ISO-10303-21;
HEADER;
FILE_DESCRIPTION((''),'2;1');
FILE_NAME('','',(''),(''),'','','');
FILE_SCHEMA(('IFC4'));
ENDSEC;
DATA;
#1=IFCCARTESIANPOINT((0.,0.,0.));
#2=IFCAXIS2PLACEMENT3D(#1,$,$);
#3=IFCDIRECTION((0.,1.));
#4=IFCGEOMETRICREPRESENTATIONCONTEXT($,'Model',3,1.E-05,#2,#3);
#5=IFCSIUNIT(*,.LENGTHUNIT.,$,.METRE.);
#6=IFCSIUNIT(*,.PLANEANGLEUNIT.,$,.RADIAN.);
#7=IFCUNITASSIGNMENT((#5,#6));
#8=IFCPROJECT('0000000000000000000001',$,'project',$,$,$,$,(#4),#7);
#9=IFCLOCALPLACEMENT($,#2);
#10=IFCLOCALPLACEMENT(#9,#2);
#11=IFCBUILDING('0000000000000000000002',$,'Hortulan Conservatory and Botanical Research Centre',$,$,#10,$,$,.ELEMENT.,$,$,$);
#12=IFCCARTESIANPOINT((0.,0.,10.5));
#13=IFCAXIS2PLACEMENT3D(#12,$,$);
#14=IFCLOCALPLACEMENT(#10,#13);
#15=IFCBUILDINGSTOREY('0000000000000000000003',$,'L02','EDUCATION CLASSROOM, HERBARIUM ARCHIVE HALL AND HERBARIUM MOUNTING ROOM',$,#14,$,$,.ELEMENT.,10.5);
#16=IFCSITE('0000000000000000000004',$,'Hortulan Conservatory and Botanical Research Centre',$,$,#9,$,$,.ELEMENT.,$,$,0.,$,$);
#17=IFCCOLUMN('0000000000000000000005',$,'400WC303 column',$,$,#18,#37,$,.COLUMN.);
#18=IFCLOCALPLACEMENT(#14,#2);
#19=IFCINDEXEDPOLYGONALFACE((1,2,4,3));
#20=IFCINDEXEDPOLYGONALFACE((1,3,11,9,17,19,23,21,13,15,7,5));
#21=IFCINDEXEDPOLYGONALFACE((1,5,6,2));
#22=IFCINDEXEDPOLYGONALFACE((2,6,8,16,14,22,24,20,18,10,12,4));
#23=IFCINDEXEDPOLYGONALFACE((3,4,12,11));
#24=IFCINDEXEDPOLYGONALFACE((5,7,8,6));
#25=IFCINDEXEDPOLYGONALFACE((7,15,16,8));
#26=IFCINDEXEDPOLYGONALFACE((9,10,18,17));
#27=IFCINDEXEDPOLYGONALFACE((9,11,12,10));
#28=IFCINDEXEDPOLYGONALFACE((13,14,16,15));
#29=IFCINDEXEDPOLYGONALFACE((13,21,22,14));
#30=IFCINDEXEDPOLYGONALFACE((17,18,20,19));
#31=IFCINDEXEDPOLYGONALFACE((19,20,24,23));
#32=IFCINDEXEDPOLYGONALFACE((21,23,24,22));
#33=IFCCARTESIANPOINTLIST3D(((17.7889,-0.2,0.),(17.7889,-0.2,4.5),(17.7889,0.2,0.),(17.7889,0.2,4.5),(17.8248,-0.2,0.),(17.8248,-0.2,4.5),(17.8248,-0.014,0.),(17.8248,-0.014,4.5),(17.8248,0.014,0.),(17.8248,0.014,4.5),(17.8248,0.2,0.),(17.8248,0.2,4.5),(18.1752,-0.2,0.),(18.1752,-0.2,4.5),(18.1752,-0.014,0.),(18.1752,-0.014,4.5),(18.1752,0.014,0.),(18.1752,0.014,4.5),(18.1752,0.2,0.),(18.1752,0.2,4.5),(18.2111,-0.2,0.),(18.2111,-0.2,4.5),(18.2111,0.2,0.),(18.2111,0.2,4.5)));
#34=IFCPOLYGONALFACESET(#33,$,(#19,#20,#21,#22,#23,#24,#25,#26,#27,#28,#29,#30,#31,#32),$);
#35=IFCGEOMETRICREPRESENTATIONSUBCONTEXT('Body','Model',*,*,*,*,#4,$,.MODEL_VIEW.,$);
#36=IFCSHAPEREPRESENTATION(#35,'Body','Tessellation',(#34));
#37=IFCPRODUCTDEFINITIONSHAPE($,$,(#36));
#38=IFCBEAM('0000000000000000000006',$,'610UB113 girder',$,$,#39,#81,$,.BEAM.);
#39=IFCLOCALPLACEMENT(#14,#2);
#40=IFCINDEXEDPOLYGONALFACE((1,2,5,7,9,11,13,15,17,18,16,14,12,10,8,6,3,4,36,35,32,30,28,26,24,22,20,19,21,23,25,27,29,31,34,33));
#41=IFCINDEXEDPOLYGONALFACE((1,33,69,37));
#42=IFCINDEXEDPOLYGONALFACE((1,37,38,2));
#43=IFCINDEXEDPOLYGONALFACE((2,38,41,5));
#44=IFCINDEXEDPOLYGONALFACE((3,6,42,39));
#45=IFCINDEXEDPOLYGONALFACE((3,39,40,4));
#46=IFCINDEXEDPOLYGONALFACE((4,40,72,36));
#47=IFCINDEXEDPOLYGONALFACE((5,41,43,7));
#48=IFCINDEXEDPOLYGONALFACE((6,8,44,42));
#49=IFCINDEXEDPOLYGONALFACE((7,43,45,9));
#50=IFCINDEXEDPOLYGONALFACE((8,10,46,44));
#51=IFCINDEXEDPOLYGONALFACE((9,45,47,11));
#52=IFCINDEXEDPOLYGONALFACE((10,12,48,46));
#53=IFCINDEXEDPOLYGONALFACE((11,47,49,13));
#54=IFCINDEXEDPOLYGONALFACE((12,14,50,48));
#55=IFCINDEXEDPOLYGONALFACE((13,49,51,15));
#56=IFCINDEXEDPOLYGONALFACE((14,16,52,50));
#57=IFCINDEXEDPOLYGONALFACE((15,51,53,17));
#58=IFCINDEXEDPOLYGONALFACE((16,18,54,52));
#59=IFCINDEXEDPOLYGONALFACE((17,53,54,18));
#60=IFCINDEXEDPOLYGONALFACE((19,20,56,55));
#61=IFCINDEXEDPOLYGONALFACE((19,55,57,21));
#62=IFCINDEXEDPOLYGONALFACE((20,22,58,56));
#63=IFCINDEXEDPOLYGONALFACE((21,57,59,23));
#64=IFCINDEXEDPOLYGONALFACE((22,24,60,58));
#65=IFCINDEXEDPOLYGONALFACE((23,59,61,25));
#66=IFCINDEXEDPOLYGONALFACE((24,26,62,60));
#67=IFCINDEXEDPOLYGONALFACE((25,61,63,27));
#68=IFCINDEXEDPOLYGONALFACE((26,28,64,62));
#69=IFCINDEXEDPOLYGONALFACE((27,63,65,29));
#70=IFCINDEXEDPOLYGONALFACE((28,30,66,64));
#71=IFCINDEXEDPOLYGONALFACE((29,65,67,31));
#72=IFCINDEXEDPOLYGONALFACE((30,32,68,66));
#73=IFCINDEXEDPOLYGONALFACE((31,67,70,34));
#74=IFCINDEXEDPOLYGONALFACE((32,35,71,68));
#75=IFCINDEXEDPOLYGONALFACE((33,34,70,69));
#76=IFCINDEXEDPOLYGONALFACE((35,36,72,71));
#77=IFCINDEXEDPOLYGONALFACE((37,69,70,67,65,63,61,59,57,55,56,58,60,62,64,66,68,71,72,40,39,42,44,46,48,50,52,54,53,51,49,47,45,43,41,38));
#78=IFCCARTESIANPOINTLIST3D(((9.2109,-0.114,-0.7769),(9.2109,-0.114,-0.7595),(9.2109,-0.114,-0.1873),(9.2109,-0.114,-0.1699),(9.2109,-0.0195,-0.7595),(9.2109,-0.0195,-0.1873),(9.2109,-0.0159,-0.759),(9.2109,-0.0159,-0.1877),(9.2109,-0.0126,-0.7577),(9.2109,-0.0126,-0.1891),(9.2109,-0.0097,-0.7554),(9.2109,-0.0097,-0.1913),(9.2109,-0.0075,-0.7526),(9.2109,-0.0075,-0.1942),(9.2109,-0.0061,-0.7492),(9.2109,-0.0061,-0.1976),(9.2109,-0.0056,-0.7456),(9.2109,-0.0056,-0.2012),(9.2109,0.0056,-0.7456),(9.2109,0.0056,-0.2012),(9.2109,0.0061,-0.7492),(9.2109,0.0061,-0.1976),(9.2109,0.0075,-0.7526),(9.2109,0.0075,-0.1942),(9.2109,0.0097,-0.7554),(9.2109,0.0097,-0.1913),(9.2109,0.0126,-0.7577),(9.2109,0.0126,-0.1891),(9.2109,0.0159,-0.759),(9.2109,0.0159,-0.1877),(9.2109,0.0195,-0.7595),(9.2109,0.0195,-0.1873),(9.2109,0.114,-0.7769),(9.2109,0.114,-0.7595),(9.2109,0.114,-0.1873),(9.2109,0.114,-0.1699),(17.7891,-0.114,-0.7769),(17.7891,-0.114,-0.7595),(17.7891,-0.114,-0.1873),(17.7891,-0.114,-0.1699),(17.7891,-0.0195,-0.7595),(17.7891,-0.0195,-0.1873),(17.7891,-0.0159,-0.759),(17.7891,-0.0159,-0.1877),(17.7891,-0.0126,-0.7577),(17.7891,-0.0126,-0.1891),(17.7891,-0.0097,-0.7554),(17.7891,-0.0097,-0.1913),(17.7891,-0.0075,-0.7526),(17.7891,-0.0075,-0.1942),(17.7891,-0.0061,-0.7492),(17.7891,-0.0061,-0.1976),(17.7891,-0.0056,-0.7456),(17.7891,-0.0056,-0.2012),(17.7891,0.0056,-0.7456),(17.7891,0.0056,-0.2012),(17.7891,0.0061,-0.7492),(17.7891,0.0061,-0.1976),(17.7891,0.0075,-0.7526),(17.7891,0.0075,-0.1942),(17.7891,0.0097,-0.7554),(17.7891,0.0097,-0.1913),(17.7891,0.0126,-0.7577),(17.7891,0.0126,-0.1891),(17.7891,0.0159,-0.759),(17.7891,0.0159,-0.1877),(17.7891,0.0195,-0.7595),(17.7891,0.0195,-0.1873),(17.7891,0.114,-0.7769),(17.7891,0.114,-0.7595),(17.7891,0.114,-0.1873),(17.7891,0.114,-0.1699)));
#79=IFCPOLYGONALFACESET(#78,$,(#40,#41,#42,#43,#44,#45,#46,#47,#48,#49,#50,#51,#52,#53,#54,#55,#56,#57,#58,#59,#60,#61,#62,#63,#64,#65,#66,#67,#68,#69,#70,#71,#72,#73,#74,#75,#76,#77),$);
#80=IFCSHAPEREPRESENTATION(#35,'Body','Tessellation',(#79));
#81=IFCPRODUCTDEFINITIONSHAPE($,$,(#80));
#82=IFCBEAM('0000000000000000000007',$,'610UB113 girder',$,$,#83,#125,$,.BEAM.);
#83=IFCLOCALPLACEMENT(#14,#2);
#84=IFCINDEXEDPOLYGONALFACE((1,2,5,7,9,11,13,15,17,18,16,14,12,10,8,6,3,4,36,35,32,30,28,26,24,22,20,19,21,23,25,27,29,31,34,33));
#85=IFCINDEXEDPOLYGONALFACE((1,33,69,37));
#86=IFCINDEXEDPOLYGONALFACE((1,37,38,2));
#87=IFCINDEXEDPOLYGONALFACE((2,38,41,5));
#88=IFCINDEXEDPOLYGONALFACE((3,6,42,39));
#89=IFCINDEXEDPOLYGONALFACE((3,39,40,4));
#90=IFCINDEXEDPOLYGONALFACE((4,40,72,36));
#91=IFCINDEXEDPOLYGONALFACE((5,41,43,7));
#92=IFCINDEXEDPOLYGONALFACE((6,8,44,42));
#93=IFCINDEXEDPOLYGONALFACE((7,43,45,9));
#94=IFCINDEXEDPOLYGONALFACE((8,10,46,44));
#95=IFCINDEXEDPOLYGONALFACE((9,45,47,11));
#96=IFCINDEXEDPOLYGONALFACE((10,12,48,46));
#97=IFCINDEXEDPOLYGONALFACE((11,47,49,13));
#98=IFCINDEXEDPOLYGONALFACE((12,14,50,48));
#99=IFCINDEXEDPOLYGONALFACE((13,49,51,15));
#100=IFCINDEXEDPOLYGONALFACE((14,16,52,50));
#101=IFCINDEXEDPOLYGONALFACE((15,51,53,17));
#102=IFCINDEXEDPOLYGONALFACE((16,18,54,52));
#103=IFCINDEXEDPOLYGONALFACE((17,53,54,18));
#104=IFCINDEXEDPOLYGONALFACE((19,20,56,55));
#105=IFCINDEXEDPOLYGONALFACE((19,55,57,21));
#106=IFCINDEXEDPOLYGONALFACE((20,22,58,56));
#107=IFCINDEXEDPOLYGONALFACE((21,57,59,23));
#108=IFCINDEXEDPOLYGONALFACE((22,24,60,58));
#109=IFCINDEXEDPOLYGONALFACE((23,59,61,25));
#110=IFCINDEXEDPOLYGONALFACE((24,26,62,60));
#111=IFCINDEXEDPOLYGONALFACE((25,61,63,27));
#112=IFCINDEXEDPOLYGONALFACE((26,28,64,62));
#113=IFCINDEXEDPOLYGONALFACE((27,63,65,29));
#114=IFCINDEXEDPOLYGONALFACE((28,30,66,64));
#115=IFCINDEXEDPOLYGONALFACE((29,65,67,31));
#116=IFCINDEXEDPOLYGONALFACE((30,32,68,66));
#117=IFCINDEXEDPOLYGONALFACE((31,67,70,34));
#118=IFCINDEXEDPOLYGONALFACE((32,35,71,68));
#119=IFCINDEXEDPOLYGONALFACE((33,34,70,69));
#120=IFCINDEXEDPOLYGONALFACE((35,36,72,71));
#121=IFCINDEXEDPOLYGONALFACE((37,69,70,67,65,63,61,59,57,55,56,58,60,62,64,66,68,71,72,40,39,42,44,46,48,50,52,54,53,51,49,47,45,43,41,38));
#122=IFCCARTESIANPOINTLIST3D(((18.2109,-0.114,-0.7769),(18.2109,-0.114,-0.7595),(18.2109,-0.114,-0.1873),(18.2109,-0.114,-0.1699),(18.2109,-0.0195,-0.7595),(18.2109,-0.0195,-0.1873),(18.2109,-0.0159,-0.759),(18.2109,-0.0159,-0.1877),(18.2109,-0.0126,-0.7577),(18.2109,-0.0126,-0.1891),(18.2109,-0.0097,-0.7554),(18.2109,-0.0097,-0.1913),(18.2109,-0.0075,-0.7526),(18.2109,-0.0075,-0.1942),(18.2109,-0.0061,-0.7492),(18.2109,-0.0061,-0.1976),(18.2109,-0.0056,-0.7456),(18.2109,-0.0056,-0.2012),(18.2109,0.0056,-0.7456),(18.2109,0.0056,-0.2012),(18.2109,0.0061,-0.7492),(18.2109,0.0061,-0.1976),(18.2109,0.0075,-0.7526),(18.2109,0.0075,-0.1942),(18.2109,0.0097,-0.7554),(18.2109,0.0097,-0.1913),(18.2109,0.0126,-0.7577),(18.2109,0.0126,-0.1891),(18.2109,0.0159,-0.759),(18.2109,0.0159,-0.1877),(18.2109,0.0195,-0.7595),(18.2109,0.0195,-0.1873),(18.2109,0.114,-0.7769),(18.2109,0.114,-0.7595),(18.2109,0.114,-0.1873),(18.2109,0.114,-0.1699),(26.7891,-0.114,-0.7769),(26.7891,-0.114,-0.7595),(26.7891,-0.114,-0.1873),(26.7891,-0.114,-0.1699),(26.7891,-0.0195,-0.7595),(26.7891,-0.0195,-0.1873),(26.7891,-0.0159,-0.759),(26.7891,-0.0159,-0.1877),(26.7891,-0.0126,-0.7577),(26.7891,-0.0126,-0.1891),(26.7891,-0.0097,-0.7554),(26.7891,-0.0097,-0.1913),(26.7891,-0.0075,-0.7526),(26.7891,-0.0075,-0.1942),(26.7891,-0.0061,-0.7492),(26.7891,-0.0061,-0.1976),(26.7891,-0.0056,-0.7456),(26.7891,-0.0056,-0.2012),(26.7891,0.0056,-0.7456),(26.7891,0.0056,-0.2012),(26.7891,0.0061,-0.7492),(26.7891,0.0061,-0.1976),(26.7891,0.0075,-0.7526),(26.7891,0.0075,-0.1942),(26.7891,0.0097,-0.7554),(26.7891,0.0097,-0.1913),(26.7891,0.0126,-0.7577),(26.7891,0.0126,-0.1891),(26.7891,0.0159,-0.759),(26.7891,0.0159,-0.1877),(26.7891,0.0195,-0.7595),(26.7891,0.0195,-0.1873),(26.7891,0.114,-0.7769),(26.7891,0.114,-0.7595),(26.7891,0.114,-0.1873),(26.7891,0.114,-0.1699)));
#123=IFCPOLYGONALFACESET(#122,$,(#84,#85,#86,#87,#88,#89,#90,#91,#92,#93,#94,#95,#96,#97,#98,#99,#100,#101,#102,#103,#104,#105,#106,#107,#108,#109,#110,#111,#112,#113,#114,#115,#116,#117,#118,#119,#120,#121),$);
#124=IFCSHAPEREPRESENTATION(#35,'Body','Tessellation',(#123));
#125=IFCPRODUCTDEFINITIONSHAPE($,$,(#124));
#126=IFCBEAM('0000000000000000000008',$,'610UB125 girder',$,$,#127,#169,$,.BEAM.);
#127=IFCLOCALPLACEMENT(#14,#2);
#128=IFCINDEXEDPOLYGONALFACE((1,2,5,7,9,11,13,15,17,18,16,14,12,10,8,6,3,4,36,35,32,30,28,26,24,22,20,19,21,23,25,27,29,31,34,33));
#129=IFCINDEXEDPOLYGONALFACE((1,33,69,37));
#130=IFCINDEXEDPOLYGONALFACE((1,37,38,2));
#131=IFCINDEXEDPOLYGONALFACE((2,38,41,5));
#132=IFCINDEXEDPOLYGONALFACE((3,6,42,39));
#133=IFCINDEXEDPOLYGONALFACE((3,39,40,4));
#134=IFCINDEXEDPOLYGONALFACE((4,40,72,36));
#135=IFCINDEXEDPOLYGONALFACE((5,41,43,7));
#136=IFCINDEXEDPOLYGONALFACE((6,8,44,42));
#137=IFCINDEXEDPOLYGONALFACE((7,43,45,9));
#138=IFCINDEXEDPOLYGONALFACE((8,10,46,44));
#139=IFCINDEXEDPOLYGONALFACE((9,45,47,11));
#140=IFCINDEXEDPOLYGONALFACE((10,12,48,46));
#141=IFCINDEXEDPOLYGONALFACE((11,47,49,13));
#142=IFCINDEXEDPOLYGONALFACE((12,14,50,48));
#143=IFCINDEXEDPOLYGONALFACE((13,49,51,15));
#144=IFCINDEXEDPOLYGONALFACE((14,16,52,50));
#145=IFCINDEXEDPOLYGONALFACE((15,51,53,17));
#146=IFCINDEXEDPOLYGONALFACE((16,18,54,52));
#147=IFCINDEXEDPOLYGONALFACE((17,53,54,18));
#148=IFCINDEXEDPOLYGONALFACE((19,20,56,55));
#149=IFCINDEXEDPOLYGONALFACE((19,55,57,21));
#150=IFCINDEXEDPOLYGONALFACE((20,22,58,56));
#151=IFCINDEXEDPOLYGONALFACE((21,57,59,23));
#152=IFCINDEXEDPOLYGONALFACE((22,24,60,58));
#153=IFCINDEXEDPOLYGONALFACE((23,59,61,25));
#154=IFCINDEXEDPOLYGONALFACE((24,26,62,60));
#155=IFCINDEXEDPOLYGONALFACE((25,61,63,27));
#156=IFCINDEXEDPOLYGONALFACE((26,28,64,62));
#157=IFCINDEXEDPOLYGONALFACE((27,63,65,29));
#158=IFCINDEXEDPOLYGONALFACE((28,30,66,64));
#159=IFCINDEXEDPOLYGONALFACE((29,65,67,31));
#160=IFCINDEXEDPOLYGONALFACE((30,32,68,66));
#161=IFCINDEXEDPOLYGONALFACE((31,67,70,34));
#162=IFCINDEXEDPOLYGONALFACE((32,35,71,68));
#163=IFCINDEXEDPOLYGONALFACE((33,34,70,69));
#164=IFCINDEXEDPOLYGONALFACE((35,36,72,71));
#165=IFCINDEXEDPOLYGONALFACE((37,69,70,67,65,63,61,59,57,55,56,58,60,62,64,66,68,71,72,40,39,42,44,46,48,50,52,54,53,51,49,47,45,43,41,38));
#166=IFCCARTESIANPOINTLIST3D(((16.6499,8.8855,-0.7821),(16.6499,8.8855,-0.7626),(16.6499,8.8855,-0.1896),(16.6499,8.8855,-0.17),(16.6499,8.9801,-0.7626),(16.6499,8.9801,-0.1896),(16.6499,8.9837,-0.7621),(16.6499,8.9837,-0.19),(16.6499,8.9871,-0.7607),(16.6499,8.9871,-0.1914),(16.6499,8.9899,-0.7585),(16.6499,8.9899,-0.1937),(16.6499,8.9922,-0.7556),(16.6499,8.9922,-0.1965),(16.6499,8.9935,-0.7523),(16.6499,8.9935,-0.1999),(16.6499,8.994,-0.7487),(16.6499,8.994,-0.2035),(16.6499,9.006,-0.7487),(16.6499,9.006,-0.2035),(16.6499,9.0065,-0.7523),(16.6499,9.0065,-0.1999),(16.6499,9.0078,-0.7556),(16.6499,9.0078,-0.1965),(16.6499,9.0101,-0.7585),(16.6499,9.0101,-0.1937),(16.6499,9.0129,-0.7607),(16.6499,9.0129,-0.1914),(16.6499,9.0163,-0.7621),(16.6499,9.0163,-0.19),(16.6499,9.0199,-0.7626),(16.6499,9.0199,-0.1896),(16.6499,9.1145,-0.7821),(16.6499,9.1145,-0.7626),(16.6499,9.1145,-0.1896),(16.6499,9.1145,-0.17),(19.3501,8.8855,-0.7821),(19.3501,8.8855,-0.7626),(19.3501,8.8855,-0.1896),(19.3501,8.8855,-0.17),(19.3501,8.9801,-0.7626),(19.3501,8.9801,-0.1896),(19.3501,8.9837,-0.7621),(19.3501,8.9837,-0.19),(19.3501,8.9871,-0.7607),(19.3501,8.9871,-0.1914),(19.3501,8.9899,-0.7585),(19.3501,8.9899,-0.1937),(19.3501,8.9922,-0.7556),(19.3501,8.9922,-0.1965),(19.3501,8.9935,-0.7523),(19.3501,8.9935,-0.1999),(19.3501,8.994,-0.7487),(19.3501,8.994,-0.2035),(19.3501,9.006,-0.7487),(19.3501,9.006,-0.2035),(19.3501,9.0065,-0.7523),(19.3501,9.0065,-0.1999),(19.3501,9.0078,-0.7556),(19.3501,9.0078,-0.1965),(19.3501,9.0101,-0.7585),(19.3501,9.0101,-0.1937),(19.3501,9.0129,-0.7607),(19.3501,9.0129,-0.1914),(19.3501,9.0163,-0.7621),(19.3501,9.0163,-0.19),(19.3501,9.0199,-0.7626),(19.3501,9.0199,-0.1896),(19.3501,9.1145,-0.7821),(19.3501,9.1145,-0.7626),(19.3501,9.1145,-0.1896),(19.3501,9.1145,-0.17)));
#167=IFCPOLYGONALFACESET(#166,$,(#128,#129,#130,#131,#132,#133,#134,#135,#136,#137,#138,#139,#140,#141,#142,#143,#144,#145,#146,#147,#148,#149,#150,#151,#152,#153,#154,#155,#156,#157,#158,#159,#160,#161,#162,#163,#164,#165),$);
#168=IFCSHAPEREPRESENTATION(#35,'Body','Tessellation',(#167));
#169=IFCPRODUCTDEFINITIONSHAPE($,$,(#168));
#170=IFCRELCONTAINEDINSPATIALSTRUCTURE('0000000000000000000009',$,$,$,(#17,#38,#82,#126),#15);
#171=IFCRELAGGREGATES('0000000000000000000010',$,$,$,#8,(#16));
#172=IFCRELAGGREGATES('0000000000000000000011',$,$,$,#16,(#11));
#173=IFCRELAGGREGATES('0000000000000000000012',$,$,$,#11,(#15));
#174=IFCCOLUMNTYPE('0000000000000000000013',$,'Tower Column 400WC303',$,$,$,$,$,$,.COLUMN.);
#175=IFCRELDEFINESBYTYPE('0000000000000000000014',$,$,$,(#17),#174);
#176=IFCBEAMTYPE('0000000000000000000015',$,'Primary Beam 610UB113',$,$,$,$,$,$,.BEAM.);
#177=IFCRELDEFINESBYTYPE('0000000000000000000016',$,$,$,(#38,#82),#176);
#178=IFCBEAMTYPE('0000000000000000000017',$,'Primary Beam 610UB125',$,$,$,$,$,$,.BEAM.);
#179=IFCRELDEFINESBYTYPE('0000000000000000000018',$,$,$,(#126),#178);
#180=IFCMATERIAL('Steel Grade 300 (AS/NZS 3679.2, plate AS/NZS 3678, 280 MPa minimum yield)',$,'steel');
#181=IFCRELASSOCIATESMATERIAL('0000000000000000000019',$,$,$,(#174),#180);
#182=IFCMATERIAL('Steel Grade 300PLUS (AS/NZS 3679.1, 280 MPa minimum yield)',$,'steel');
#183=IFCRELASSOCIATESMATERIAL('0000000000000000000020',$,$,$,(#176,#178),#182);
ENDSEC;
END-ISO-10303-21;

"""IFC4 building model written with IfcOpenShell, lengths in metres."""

from ifc_helpers import new_model, si_unit, direction, frame, origin, origin_2d, place, context, subcontext, project, spatial, i_section, extrude, material, material_profile, profile_set, type_object, element, save


model = new_model("IFC4")

# Units and contexts
model_context = context("Model", 3, precision=1e-05, world=origin(), true_north=direction((0.0, 1.0)))
body_context = subcontext(model_context, "Body", "Model", "MODEL_VIEW")
ifc_project = project(units=[si_unit("LENGTHUNIT", "METRE"), si_unit("PLANEANGLEUNIT", "RADIAN")], contexts=[model_context])

# Site, building, storey
site_placement = place(None, origin())
site = spatial("IfcSite", under=ifc_project, at=site_placement, Name="Hortulan Conservatory and Botanical Research Centre", CompositionType="ELEMENT", RefElevation=0.0)
building_placement = place(site_placement, origin())
building = spatial("IfcBuilding", under=site, at=building_placement, Name="Hortulan Conservatory and Botanical Research Centre", CompositionType="ELEMENT")
storey_placement = place(building_placement, frame((0.0, 0.0, 10.5)))
storey = spatial("IfcBuildingStorey", under=building, at=storey_placement, Name="L02", Description="EDUCATION CLASSROOM, HERBARIUM ARCHIVE HALL AND HERBARIUM MOUNTING ROOM", CompositionType="ELEMENT", Elevation=10.5)

# Column
ifc_material_1 = material(Name="Steel Grade 300 (AS/NZS 3679.2, plate AS/NZS 3678, 280 MPa minimum yield)", Category="steel")
ifc_material_profile_1 = material_profile(ifc_material_1, i_section(OverallWidth=0.3999, OverallDepth=0.4221, WebThickness=0.0281, FlangeThickness=0.0359, at=origin_2d()), Name="400WC303")
ifc_profile_set_1 = profile_set([ifc_material_profile_1], Name="Steel Grade 300 (AS/NZS 3679.2, plate AS/NZS 3678, 280 MPa minimum yield)")
column_type = type_object("IfcColumnType", Name="Tower Column 400WC303", PredefinedType="COLUMN", material=ifc_profile_set_1)
column_placement = place(storey_placement, frame((18.0, 0.0, 0.0), z_axis=(0.0, 0.0, 1.0), x_axis=(0.0, 1.0, 0.0)))
element("IfcColumn", 1, at=column_placement, inside=storey, type_object=column_type, Name="400WC303 column", PredefinedType="COLUMN", context=body_context, shape_type="SweptSolid", body=[
    extrude(i_section(OverallWidth=0.3999, OverallDepth=0.4221, WebThickness=0.0281, FlangeThickness=0.0359, at=origin_2d()), origin(), (0.0, 0.0, 1.0), 4.5),
])

# Beams
ifc_material_2 = material(Name="Steel Grade 300PLUS (AS/NZS 3679.1, 280 MPa minimum yield)", Category="steel")
ifc_material_profile_2 = material_profile(ifc_material_2, i_section(OverallWidth=0.228, OverallDepth=0.6069, WebThickness=0.0112, FlangeThickness=0.0173, FilletRadius=0.0139, at=origin_2d()), Name="610UB113")
ifc_profile_set_2 = profile_set([ifc_material_profile_2], Name="Steel Grade 300PLUS (AS/NZS 3679.1, 280 MPa minimum yield)")
beam_type_1 = type_object("IfcBeamType", Name="Primary Beam 610UB113", PredefinedType="BEAM", material=ifc_profile_set_2)
for number, where, z_axis, x_axis, name in (
    (2, (9.2109, 0.0, -0.4734), (1.0, 0.0, 0.0), (0.0, 1.0, 0.0), "610UB113 girder"),
    (3, (18.2109, 0.0, -0.4734), (1.0, 0.0, 0.0), (0.0, 1.0, 0.0), "610UB113 girder"),
):
    element("IfcBeam", number, at=place(storey_placement, frame(where, z_axis=z_axis, x_axis=x_axis)), inside=storey, type_object=beam_type_1, Name=name, PredefinedType="BEAM", context=body_context, shape_type="SweptSolid", body=[
        extrude(i_section(OverallWidth=0.228, OverallDepth=0.6069, WebThickness=0.0112, FlangeThickness=0.0173, FilletRadius=0.0139, at=origin_2d()), origin(), (0.0, 0.0, 1.0), 8.5781),
    ])
ifc_material_profile_3 = material_profile(ifc_material_2, i_section(OverallWidth=0.229, OverallDepth=0.6121, WebThickness=0.012, FlangeThickness=0.0195, FilletRadius=0.0139, at=origin_2d()), Name="610UB125")
ifc_profile_set_3 = profile_set([ifc_material_profile_3], Name="Steel Grade 300PLUS (AS/NZS 3679.1, 280 MPa minimum yield)")
beam_type_2 = type_object("IfcBeamType", Name="Primary Beam 610UB125", PredefinedType="BEAM", material=ifc_profile_set_3)
beam_1_placement = place(storey_placement, frame((16.6499, 9.0, -0.4761), z_axis=(1.0, 0.0, 0.0), x_axis=(0.0, 1.0, 0.0)))
element("IfcBeam", 4, at=beam_1_placement, inside=storey, type_object=beam_type_2, Name="610UB125 girder", PredefinedType="BEAM", context=body_context, shape_type="SweptSolid", body=[
    extrude(i_section(OverallWidth=0.229, OverallDepth=0.6121, WebThickness=0.012, FlangeThickness=0.0195, FilletRadius=0.0139, at=origin_2d()), origin(), (0.0, 0.0, 1.0), 2.7002),
])

save(model, "model.ifc")
